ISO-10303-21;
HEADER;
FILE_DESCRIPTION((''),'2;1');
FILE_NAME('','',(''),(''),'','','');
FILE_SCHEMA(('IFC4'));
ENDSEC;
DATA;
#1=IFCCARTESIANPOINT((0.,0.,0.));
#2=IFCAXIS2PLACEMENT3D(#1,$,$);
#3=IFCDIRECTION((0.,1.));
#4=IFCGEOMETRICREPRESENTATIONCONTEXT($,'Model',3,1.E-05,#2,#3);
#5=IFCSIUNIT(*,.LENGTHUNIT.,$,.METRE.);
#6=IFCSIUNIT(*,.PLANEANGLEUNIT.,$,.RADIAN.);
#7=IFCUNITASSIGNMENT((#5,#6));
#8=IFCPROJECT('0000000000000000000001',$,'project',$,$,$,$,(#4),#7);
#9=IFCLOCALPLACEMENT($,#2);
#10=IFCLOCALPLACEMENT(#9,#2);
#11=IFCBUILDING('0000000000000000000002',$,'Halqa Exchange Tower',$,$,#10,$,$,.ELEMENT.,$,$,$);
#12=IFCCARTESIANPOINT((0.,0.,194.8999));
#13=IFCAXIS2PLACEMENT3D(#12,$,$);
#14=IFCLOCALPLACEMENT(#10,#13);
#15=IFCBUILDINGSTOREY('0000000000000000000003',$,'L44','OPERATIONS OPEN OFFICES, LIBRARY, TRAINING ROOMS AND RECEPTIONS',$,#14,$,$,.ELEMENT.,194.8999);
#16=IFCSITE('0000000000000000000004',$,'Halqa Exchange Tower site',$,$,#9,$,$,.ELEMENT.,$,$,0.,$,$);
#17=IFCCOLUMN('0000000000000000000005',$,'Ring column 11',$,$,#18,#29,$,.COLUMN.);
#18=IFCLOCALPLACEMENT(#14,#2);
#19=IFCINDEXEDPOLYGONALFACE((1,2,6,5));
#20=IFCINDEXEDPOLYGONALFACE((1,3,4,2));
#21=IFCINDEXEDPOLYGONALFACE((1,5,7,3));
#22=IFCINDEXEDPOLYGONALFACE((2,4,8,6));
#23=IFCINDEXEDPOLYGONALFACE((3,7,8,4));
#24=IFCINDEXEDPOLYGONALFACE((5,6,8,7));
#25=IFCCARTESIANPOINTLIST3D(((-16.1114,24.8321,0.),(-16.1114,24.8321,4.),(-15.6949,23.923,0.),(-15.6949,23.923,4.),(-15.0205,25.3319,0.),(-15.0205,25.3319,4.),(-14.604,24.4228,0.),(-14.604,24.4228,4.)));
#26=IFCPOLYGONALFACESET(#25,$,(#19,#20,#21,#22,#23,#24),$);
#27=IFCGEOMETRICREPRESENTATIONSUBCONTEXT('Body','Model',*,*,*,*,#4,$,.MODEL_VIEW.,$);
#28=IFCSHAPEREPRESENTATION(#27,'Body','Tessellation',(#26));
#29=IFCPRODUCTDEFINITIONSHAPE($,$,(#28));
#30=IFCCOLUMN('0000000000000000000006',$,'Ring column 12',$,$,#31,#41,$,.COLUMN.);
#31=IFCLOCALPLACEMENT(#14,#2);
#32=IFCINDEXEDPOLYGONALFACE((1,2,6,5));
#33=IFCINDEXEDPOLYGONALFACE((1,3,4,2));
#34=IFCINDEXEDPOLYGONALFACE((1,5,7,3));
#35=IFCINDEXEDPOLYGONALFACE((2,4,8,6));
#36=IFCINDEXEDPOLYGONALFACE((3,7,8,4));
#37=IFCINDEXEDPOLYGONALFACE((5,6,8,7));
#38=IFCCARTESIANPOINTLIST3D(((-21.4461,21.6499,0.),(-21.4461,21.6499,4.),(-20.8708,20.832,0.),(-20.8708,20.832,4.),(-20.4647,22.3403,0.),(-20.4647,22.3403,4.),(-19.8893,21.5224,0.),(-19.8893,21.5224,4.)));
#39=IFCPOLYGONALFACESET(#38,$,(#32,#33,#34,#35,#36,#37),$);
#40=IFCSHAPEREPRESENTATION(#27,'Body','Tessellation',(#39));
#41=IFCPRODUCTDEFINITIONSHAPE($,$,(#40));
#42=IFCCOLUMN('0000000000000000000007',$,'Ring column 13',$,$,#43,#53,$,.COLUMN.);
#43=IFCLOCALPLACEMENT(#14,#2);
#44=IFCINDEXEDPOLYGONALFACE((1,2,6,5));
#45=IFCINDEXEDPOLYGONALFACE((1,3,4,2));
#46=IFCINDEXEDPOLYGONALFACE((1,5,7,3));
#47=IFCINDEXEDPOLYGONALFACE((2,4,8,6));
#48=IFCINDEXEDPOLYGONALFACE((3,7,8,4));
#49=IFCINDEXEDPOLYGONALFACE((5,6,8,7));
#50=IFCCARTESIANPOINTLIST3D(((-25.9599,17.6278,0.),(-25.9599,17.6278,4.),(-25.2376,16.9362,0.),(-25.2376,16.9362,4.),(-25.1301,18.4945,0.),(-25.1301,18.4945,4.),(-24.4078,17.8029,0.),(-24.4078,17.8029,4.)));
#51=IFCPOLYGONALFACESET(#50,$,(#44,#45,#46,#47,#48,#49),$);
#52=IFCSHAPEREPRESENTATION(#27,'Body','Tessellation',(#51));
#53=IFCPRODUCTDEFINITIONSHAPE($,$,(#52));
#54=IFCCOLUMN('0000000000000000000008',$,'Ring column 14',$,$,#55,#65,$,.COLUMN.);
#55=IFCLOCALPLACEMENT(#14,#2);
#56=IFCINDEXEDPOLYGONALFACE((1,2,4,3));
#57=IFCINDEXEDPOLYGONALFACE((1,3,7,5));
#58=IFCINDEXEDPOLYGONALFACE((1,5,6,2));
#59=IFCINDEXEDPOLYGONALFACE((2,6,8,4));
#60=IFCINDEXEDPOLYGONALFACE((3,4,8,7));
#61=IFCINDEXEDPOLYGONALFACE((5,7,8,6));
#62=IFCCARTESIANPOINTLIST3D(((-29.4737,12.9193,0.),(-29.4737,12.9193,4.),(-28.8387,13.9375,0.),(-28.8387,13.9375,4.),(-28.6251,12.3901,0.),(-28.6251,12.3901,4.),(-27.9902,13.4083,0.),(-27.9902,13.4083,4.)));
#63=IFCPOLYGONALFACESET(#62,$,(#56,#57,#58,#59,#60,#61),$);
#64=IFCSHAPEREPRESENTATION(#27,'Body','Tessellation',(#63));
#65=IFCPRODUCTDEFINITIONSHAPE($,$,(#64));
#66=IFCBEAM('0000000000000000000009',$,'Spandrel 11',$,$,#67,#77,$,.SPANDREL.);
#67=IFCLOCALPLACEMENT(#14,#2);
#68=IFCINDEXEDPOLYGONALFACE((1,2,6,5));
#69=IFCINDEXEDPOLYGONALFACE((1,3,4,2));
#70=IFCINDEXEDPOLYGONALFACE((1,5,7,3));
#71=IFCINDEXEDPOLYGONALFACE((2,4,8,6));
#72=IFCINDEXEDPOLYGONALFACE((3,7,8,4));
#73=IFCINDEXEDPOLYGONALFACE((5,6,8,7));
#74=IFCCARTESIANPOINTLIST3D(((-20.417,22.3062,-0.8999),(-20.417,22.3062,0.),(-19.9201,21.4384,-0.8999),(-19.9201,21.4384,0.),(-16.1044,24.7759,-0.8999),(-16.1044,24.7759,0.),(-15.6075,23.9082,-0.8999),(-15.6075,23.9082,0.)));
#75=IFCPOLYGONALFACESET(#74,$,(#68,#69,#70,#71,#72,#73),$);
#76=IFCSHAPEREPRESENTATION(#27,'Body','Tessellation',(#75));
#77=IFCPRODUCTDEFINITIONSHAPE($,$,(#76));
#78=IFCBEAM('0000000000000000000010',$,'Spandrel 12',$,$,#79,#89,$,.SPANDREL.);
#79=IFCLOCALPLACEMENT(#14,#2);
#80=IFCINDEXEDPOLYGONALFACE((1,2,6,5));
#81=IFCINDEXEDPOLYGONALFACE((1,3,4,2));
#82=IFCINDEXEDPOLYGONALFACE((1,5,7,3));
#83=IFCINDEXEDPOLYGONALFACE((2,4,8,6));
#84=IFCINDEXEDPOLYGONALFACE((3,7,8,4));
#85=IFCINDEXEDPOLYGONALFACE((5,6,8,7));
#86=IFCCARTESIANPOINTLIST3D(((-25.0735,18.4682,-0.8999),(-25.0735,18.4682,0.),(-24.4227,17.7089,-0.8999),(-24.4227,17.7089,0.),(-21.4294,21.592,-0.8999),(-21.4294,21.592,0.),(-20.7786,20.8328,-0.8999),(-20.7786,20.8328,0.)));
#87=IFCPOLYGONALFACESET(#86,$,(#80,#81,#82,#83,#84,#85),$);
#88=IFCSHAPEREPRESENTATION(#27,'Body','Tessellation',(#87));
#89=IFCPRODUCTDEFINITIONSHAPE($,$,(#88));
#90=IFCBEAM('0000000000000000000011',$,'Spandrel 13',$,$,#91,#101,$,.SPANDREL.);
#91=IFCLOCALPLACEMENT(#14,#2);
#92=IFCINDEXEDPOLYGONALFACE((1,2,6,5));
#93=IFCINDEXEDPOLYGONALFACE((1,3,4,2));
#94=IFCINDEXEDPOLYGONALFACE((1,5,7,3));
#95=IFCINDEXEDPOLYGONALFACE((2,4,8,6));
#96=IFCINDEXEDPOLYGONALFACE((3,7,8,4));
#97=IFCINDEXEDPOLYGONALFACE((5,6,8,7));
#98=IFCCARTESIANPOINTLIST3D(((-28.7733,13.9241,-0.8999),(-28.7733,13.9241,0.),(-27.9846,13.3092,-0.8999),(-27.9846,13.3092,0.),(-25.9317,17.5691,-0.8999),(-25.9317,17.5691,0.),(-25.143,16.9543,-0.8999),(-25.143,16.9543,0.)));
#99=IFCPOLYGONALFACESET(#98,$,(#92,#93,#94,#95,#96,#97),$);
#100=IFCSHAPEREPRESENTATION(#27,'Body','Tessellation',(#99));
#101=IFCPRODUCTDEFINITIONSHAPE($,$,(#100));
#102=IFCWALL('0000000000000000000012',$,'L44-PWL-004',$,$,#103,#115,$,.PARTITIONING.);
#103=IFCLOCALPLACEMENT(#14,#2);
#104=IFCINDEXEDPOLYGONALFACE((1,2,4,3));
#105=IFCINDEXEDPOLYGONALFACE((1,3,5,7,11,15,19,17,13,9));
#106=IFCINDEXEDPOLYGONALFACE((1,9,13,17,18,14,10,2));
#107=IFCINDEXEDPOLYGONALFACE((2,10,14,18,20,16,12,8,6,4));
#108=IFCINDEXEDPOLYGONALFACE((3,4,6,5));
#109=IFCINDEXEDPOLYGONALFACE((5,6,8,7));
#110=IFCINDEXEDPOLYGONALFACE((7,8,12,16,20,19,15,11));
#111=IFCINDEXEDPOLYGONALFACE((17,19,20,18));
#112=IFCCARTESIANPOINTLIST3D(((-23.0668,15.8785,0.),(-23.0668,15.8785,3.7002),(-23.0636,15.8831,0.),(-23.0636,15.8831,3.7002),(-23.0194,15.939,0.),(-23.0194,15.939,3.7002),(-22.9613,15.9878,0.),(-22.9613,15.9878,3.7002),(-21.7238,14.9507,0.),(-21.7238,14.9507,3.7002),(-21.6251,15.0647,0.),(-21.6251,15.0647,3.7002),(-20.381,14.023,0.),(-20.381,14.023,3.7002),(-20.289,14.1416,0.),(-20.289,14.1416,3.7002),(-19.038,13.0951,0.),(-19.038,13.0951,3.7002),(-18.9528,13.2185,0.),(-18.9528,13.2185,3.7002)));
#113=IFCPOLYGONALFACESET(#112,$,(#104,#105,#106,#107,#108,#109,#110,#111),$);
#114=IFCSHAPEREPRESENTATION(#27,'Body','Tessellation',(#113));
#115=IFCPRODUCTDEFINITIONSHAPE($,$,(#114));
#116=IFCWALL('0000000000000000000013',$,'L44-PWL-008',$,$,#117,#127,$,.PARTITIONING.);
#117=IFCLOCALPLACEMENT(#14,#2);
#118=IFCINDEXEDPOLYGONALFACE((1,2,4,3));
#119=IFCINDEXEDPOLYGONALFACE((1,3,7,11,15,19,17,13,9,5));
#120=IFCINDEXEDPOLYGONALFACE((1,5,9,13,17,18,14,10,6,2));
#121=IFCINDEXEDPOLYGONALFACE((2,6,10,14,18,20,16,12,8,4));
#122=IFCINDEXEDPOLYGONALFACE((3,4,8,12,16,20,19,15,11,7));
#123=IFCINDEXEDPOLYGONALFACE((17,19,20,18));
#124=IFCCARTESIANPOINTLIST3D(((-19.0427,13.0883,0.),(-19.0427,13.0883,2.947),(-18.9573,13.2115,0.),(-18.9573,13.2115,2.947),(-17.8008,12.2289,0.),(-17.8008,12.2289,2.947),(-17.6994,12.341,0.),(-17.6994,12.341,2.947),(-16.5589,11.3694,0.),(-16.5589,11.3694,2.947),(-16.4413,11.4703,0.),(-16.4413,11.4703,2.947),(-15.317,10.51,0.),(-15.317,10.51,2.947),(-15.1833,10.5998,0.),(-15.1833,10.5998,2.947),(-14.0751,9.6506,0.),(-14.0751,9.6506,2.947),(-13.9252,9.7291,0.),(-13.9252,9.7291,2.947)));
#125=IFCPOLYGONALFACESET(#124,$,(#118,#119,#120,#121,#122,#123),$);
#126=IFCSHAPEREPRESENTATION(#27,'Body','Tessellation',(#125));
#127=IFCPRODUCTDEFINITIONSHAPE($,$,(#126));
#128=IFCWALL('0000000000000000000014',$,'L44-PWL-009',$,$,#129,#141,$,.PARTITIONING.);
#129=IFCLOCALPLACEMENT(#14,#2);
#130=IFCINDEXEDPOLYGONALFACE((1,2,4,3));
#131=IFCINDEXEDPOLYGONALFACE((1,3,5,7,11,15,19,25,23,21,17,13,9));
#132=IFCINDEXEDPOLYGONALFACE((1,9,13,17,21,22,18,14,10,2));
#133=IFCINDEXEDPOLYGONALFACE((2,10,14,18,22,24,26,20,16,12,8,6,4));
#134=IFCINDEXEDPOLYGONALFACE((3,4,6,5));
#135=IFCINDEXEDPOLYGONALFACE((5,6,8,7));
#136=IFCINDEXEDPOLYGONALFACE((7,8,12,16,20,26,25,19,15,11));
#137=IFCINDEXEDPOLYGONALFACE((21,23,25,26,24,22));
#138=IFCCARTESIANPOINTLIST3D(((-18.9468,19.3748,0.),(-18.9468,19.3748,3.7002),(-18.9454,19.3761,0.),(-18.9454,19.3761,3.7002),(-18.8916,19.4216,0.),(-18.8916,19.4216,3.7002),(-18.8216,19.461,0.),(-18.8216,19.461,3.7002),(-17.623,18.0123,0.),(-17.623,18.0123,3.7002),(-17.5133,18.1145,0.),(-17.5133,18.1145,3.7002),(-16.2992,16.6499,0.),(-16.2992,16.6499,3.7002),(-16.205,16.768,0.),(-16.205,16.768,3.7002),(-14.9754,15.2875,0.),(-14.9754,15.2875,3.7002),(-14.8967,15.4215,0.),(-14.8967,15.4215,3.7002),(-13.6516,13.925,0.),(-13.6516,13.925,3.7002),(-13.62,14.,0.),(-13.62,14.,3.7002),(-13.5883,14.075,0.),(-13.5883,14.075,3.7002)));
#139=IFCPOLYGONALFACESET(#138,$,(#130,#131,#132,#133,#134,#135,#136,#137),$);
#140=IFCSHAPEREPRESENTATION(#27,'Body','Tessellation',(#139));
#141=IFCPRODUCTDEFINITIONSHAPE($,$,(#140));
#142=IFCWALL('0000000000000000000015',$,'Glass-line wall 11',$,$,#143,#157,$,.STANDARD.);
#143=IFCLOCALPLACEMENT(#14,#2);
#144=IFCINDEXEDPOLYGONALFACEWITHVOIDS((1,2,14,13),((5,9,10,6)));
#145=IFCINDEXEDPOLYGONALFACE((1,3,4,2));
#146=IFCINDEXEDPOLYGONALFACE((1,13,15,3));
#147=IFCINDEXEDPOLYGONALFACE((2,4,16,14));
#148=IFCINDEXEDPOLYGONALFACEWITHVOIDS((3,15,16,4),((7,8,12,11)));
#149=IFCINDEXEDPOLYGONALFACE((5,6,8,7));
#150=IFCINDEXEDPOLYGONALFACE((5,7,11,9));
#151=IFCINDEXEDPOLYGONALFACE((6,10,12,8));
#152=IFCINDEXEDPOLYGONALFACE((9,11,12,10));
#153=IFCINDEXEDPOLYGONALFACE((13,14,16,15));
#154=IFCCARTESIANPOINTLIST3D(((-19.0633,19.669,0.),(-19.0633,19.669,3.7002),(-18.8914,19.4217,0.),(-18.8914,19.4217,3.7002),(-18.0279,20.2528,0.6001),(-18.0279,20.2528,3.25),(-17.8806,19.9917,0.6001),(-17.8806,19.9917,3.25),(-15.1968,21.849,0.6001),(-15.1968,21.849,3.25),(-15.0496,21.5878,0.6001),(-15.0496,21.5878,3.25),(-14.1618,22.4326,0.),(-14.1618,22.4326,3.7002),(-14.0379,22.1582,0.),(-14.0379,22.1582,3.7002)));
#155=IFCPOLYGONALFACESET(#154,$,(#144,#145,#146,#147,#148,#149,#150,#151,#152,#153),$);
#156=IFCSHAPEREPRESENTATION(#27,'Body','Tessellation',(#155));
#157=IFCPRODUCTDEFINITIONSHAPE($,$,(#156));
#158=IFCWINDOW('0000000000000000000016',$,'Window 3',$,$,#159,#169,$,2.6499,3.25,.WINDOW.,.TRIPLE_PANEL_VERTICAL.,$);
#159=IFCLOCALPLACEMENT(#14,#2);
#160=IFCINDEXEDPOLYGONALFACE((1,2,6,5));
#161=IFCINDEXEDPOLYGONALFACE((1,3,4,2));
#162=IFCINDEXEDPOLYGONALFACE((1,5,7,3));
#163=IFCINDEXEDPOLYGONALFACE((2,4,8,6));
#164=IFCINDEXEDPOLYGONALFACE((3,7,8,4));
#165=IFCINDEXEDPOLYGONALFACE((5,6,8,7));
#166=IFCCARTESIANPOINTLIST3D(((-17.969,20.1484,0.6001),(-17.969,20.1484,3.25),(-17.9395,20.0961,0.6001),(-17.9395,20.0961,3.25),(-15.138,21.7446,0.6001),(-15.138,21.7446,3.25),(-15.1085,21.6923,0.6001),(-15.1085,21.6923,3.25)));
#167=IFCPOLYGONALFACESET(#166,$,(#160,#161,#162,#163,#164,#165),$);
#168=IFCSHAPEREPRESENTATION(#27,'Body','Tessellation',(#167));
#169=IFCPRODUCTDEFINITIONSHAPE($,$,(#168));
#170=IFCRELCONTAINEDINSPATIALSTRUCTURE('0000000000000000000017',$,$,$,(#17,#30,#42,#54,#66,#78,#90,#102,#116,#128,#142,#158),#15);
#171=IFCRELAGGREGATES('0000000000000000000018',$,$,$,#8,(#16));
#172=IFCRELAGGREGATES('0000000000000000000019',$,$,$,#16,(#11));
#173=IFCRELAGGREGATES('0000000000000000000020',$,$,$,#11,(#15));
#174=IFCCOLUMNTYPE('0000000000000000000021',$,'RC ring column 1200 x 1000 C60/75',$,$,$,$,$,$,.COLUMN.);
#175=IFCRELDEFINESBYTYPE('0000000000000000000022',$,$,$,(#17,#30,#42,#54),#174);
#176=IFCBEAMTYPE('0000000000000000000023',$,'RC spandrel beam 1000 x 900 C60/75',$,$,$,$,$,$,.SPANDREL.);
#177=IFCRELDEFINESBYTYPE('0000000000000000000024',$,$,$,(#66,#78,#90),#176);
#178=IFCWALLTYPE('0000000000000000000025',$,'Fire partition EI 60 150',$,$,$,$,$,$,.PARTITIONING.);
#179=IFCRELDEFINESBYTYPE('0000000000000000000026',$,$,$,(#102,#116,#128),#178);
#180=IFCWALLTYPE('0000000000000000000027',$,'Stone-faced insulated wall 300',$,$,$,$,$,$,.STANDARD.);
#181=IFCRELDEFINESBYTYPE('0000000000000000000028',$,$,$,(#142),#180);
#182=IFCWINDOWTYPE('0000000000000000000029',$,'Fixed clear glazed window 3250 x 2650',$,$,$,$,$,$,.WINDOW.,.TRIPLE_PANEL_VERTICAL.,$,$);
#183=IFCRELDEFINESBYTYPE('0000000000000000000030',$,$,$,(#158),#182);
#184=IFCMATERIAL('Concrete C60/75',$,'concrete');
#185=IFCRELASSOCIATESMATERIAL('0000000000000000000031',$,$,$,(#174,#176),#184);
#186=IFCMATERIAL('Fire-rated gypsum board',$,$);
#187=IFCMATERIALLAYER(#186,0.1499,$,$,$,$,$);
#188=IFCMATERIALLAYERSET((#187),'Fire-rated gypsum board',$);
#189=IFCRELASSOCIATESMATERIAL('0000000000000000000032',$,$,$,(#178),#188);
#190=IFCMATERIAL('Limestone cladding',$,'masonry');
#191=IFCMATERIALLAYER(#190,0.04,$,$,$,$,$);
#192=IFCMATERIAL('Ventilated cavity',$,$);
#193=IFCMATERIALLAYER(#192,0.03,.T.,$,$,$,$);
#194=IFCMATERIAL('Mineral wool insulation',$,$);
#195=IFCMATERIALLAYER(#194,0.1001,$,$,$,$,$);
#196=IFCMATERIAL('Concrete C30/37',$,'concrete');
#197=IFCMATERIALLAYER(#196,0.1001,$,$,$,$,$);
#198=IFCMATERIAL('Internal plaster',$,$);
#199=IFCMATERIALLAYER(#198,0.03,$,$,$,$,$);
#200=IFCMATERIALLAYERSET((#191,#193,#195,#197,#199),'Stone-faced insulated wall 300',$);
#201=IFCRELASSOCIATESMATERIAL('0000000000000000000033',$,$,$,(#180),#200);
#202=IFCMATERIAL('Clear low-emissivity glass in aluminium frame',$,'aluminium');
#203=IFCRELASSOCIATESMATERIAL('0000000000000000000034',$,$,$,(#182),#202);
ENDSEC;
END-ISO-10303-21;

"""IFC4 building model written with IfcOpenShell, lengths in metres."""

from ifc_helpers import new_model, si_unit, direction, frame, frame_2d, origin, origin_2d, place, context, subcontext, project, spatial, polyline, rectangle, outline, extrude, material, layer, layer_set, material_profile, profile_set, type_object, element, fill, save


model = new_model("IFC4")

# Units and contexts
model_context = context("Model", 3, precision=1e-05, world=origin(), true_north=direction((0.0, 1.0)))
body_context = subcontext(model_context, "Body", "Model", "MODEL_VIEW")
ifc_project = project(units=[si_unit("LENGTHUNIT", "METRE"), si_unit("PLANEANGLEUNIT", "RADIAN")], contexts=[model_context])

# Site, building, storey
site_placement = place(None, origin())
site = spatial("IfcSite", under=ifc_project, at=site_placement, Name="Halqa Exchange Tower site", CompositionType="ELEMENT", RefElevation=0.0)
building_placement = place(site_placement, origin())
building = spatial("IfcBuilding", under=site, at=building_placement, Name="Halqa Exchange Tower", CompositionType="ELEMENT")
storey_placement = place(building_placement, frame((0.0, 0.0, 194.8999)))
storey = spatial("IfcBuildingStorey", under=building, at=storey_placement, Name="L44", Description="OPERATIONS OPEN OFFICES, LIBRARY, TRAINING ROOMS AND RECEPTIONS", CompositionType="ELEMENT", Elevation=194.8999)

# Columns
ifc_material_1 = material(Name="Concrete C60/75", Category="concrete")
ifc_material_profile_1 = material_profile(ifc_material_1, rectangle(XDim=1.2, YDim=1.0, at=origin_2d()), Name="1200 x 1000")
ifc_profile_set_1 = profile_set([ifc_material_profile_1], Name="Concrete C60/75")
column_type = type_object("IfcColumnType", Name="RC ring column 1200 x 1000 C60/75", PredefinedType="COLUMN", material=ifc_profile_set_1)
for number, where, z_axis, x_axis, name in (
    (1, (-15.3577, 24.6274, 0.0), (0.0, 0.0, 1.0), (-0.909126, -0.416522, 0.0), "Ring column 11"),
    (2, (-20.6677, 21.5862, 0.0), (0.0, 0.0, 1.0), (-0.817906, -0.575352, 0.0), "Ring column 12"),
    (3, (-25.1838, 17.7153, 0.0), (0.0, 0.0, 1.0), (-0.691576, -0.722304, 0.0), "Ring column 13"),
    (4, (-28.7319, 13.1638, 0.0), (0.0, 0.0, 1.0), (-0.529145, -0.848531, 0.0), "Ring column 14"),
):
    element("IfcColumn", number, at=place(storey_placement, frame(where, z_axis=z_axis, x_axis=x_axis)), inside=storey, type_object=column_type, Name=name, PredefinedType="COLUMN", context=body_context, shape_type="SweptSolid", body=[
        extrude(rectangle(XDim=1.2, YDim=1.0, at=origin_2d()), origin(), (0.0, 0.0, 1.0), 4.0),
    ])

# Beams
ifc_material_profile_2 = material_profile(ifc_material_1, rectangle(XDim=1.0, YDim=0.8999, at=origin_2d()), Name="1000 x 900")
ifc_profile_set_2 = profile_set([ifc_material_profile_2], Name="Concrete C60/75")
beam_type = type_object("IfcBeamType", Name="RC spandrel beam 1000 x 900 C60/75", PredefinedType="SPANDREL", material=ifc_profile_set_2)
beam_1_placement = place(storey_placement, frame((-15.856, 24.342, -0.45), z_axis=(-0.867771, -0.496964, 0.0), x_axis=(0.496964, -0.867771, 0.0)))
element("IfcBeam", 5, at=beam_1_placement, inside=storey, type_object=beam_type, Name="Spandrel 11", PredefinedType="SPANDREL", context=body_context, shape_type="SweptSolid", body=[
    extrude(rectangle(XDim=1.0, YDim=0.8999, at=origin_2d()), origin(), (0.0, 0.0, 1.0), 4.9697),
])
beam_2_placement = place(storey_placement, frame((-21.104, 21.2124, -0.45), z_axis=(-0.759224, -0.650829, 0.0), x_axis=(0.650829, -0.759224, 0.0)))
element("IfcBeam", 6, at=beam_2_placement, inside=storey, type_object=beam_type, Name="Spandrel 12", PredefinedType="SPANDREL", context=body_context, shape_type="SweptSolid", body=[
    extrude(rectangle(XDim=1.0, YDim=0.8999, at=origin_2d()), origin(), (0.0, 0.0, 1.0), 4.7998),
])
beam_3_placement = place(storey_placement, frame((-25.5374, 17.2617, -0.45), z_axis=(-0.614822, -0.788666, 0.0), x_axis=(0.788666, -0.614822, 0.0)))
element("IfcBeam", 7, at=beam_3_placement, inside=storey, type_object=beam_type, Name="Spandrel 13", PredefinedType="SPANDREL", context=body_context, shape_type="SweptSolid", body=[
    extrude(rectangle(XDim=1.0, YDim=0.8999, at=origin_2d()), origin(), (0.0, 0.0, 1.0), 4.6218),
])

# Walls
ifc_material_2 = material(Name="Fire-rated gypsum board")
ifc_layer_1 = layer(ifc_material_2, 0.1499)
ifc_layer_set_1 = layer_set([ifc_layer_1], Name="Fire-rated gypsum board")
wall_type_1 = type_object("IfcWallType", Name="Fire partition EI 60 150", PredefinedType="PARTITIONING", material=ifc_layer_set_1)
wall_1_placement = place(storey_placement, frame((-23.0242, 15.9402, 0.0), z_axis=(0.0, 0.0, 1.0), x_axis=(0.822739, -0.568419, 0.0)))
element("IfcWall", 8, at=wall_1_placement, inside=storey, type_object=wall_type_1, Name="L44-PWL-004", PredefinedType="PARTITIONING", context=body_context, shape_type="SweptSolid", body=[
    extrude(outline(polyline([(4.8967, 0.075), (3.2727, 0.075), (1.6487, 0.075), (0.0247, 0.075), (0.0046, 0.0017), (0.0, -0.0693), (0.0, -0.075), (1.6323, -0.075), (3.2644, -0.075), (4.8967, -0.075), (4.8967, 0.075)])), origin(), (0.0, 0.0, 1.0), 3.7002),
])
wall_2_placement = place(storey_placement, frame((-19.0, 13.1499, 0.0), z_axis=(0.0, 0.0, 1.0), x_axis=(0.822301, -0.569052, 0.0)))
element("IfcWall", 9, at=wall_2_placement, inside=storey, type_object=wall_type_1, Name="L44-PWL-008", PredefinedType="PARTITIONING", context=body_context, shape_type="SweptSolid", body=[
    extrude(outline(polyline([(0.0, -0.075), (1.5103, -0.075), (3.0205, -0.075), (4.5308, -0.075), (6.041, -0.075), (6.1196, 0.075), (4.5896, 0.075), (3.0598, 0.075), (1.5298, 0.075), (0.0, 0.075), (0.0, -0.075)])), origin(), (0.0, 0.0, 1.0), 2.947),
])
wall_3_placement = place(storey_placement, frame((-18.8931, 19.427, 0.0), z_axis=(0.0, 0.0, 1.0), x_axis=(0.696865, -0.717203, 0.0)))
element("IfcWall", 10, at=wall_3_placement, inside=storey, type_object=wall_type_1, Name="L44-PWL-009", PredefinedType="PARTITIONING", context=body_context, shape_type="SweptSolid", body=[
    extrude(outline(polyline([(0.0, -0.075), (1.8997, -0.075), (3.7993, -0.075), (5.699, -0.075), (7.5986, -0.075), (7.5669, 0.0), (7.5352, 0.075), (5.6577, 0.075), (3.7803, 0.075), (1.9028, 0.075), (0.0254, 0.075), (0.0049, -0.0027), (0.0, -0.073), (0.0, -0.075)])), origin(), (0.0, 0.0, 1.0), 3.7002),
])

# Wall, opening, window
ifc_material_3 = material(Name="Limestone cladding", Category="masonry")
ifc_layer_2 = layer(ifc_material_3, 0.04)
ifc_material_4 = material(Name="Ventilated cavity")
ifc_layer_3 = layer(ifc_material_4, 0.03, ventilated=True)
ifc_material_5 = material(Name="Mineral wool insulation")
ifc_layer_4 = layer(ifc_material_5, 0.1001)
ifc_material_6 = material(Name="Concrete C30/37", Category="concrete")
ifc_layer_5 = layer(ifc_material_6, 0.1001)
ifc_material_7 = material(Name="Internal plaster")
ifc_layer_6 = layer(ifc_material_7, 0.03)
ifc_layer_set_2 = layer_set([ifc_layer_2, ifc_layer_3, ifc_layer_4, ifc_layer_5, ifc_layer_6], Name="Stone-faced insulated wall 300")
wall_type_2 = type_object("IfcWallType", Name="Stone-faced insulated wall 300", PredefinedType="STANDARD", material=ifc_layer_set_2)
wall_4_placement = place(storey_placement, frame((-14.0999, 22.2954, 0.0), z_axis=(0.0, 0.0, 1.0), x_axis=(-0.871084, -0.491135, 0.0)))
wall_4 = element("IfcWall", 11, at=wall_4_placement, inside=storey, type_object=wall_type_2, Name="Glass-line wall 11", PredefinedType="STANDARD", context=body_context, shape_type="SweptSolid", body=[
    extrude(outline(polyline([(-0.0134, -0.1499), (5.6135, -0.1499), (5.5852, 0.1499), (0.0134, 0.1499), (-0.0134, -0.1499)])), origin(), (0.0, 0.0, 1.0), 3.7002),
])
opening_1_placement = place(wall_4_placement, frame((1.1748, 0.0, 0.6001)))
opening_1 = element("IfcOpeningElement", 12, at=opening_1_placement, cuts=wall_4, PredefinedType="OPENING", context=body_context, shape_type="SweptSolid", body=[
    extrude(rectangle(XDim=3.25, YDim=2.6499, at=frame_2d((1.625, 1.325))), frame((0.0, 0.1621, 0.0), z_axis=(0.0, -1.0, 0.0), x_axis=(1.0, 0.0, 0.0)), (0.0, 0.0, 1.0), 0.324),
])
ifc_material_8 = material(Name="Clear low-emissivity glass in aluminium frame", Category="aluminium")
window_type = type_object("IfcWindowType", Name="Fixed clear glazed window 3250 x 2650", PartitioningType="TRIPLE_PANEL_VERTICAL", PredefinedType="WINDOW", material=ifc_material_8)
window_1_placement = place(opening_1_placement, origin())
window_1 = element("IfcWindow", 13, at=window_1_placement, inside=storey, type_object=window_type, Name="Window 3", OverallHeight=2.6499, OverallWidth=3.25, PartitioningType="TRIPLE_PANEL_VERTICAL", PredefinedType="WINDOW", context=body_context, shape_type="SweptSolid", body=[
    extrude(rectangle(XDim=3.25, YDim=2.6499, at=frame_2d((1.625, 1.325))), frame((0.0, 0.03, 0.0), z_axis=(0.0, -1.0, 0.0), x_axis=(1.0, 0.0, 0.0)), (0.0, 0.0, 1.0), 0.0601),
])
fill(opening_1, window_1)

save(model, "model.ifc")
